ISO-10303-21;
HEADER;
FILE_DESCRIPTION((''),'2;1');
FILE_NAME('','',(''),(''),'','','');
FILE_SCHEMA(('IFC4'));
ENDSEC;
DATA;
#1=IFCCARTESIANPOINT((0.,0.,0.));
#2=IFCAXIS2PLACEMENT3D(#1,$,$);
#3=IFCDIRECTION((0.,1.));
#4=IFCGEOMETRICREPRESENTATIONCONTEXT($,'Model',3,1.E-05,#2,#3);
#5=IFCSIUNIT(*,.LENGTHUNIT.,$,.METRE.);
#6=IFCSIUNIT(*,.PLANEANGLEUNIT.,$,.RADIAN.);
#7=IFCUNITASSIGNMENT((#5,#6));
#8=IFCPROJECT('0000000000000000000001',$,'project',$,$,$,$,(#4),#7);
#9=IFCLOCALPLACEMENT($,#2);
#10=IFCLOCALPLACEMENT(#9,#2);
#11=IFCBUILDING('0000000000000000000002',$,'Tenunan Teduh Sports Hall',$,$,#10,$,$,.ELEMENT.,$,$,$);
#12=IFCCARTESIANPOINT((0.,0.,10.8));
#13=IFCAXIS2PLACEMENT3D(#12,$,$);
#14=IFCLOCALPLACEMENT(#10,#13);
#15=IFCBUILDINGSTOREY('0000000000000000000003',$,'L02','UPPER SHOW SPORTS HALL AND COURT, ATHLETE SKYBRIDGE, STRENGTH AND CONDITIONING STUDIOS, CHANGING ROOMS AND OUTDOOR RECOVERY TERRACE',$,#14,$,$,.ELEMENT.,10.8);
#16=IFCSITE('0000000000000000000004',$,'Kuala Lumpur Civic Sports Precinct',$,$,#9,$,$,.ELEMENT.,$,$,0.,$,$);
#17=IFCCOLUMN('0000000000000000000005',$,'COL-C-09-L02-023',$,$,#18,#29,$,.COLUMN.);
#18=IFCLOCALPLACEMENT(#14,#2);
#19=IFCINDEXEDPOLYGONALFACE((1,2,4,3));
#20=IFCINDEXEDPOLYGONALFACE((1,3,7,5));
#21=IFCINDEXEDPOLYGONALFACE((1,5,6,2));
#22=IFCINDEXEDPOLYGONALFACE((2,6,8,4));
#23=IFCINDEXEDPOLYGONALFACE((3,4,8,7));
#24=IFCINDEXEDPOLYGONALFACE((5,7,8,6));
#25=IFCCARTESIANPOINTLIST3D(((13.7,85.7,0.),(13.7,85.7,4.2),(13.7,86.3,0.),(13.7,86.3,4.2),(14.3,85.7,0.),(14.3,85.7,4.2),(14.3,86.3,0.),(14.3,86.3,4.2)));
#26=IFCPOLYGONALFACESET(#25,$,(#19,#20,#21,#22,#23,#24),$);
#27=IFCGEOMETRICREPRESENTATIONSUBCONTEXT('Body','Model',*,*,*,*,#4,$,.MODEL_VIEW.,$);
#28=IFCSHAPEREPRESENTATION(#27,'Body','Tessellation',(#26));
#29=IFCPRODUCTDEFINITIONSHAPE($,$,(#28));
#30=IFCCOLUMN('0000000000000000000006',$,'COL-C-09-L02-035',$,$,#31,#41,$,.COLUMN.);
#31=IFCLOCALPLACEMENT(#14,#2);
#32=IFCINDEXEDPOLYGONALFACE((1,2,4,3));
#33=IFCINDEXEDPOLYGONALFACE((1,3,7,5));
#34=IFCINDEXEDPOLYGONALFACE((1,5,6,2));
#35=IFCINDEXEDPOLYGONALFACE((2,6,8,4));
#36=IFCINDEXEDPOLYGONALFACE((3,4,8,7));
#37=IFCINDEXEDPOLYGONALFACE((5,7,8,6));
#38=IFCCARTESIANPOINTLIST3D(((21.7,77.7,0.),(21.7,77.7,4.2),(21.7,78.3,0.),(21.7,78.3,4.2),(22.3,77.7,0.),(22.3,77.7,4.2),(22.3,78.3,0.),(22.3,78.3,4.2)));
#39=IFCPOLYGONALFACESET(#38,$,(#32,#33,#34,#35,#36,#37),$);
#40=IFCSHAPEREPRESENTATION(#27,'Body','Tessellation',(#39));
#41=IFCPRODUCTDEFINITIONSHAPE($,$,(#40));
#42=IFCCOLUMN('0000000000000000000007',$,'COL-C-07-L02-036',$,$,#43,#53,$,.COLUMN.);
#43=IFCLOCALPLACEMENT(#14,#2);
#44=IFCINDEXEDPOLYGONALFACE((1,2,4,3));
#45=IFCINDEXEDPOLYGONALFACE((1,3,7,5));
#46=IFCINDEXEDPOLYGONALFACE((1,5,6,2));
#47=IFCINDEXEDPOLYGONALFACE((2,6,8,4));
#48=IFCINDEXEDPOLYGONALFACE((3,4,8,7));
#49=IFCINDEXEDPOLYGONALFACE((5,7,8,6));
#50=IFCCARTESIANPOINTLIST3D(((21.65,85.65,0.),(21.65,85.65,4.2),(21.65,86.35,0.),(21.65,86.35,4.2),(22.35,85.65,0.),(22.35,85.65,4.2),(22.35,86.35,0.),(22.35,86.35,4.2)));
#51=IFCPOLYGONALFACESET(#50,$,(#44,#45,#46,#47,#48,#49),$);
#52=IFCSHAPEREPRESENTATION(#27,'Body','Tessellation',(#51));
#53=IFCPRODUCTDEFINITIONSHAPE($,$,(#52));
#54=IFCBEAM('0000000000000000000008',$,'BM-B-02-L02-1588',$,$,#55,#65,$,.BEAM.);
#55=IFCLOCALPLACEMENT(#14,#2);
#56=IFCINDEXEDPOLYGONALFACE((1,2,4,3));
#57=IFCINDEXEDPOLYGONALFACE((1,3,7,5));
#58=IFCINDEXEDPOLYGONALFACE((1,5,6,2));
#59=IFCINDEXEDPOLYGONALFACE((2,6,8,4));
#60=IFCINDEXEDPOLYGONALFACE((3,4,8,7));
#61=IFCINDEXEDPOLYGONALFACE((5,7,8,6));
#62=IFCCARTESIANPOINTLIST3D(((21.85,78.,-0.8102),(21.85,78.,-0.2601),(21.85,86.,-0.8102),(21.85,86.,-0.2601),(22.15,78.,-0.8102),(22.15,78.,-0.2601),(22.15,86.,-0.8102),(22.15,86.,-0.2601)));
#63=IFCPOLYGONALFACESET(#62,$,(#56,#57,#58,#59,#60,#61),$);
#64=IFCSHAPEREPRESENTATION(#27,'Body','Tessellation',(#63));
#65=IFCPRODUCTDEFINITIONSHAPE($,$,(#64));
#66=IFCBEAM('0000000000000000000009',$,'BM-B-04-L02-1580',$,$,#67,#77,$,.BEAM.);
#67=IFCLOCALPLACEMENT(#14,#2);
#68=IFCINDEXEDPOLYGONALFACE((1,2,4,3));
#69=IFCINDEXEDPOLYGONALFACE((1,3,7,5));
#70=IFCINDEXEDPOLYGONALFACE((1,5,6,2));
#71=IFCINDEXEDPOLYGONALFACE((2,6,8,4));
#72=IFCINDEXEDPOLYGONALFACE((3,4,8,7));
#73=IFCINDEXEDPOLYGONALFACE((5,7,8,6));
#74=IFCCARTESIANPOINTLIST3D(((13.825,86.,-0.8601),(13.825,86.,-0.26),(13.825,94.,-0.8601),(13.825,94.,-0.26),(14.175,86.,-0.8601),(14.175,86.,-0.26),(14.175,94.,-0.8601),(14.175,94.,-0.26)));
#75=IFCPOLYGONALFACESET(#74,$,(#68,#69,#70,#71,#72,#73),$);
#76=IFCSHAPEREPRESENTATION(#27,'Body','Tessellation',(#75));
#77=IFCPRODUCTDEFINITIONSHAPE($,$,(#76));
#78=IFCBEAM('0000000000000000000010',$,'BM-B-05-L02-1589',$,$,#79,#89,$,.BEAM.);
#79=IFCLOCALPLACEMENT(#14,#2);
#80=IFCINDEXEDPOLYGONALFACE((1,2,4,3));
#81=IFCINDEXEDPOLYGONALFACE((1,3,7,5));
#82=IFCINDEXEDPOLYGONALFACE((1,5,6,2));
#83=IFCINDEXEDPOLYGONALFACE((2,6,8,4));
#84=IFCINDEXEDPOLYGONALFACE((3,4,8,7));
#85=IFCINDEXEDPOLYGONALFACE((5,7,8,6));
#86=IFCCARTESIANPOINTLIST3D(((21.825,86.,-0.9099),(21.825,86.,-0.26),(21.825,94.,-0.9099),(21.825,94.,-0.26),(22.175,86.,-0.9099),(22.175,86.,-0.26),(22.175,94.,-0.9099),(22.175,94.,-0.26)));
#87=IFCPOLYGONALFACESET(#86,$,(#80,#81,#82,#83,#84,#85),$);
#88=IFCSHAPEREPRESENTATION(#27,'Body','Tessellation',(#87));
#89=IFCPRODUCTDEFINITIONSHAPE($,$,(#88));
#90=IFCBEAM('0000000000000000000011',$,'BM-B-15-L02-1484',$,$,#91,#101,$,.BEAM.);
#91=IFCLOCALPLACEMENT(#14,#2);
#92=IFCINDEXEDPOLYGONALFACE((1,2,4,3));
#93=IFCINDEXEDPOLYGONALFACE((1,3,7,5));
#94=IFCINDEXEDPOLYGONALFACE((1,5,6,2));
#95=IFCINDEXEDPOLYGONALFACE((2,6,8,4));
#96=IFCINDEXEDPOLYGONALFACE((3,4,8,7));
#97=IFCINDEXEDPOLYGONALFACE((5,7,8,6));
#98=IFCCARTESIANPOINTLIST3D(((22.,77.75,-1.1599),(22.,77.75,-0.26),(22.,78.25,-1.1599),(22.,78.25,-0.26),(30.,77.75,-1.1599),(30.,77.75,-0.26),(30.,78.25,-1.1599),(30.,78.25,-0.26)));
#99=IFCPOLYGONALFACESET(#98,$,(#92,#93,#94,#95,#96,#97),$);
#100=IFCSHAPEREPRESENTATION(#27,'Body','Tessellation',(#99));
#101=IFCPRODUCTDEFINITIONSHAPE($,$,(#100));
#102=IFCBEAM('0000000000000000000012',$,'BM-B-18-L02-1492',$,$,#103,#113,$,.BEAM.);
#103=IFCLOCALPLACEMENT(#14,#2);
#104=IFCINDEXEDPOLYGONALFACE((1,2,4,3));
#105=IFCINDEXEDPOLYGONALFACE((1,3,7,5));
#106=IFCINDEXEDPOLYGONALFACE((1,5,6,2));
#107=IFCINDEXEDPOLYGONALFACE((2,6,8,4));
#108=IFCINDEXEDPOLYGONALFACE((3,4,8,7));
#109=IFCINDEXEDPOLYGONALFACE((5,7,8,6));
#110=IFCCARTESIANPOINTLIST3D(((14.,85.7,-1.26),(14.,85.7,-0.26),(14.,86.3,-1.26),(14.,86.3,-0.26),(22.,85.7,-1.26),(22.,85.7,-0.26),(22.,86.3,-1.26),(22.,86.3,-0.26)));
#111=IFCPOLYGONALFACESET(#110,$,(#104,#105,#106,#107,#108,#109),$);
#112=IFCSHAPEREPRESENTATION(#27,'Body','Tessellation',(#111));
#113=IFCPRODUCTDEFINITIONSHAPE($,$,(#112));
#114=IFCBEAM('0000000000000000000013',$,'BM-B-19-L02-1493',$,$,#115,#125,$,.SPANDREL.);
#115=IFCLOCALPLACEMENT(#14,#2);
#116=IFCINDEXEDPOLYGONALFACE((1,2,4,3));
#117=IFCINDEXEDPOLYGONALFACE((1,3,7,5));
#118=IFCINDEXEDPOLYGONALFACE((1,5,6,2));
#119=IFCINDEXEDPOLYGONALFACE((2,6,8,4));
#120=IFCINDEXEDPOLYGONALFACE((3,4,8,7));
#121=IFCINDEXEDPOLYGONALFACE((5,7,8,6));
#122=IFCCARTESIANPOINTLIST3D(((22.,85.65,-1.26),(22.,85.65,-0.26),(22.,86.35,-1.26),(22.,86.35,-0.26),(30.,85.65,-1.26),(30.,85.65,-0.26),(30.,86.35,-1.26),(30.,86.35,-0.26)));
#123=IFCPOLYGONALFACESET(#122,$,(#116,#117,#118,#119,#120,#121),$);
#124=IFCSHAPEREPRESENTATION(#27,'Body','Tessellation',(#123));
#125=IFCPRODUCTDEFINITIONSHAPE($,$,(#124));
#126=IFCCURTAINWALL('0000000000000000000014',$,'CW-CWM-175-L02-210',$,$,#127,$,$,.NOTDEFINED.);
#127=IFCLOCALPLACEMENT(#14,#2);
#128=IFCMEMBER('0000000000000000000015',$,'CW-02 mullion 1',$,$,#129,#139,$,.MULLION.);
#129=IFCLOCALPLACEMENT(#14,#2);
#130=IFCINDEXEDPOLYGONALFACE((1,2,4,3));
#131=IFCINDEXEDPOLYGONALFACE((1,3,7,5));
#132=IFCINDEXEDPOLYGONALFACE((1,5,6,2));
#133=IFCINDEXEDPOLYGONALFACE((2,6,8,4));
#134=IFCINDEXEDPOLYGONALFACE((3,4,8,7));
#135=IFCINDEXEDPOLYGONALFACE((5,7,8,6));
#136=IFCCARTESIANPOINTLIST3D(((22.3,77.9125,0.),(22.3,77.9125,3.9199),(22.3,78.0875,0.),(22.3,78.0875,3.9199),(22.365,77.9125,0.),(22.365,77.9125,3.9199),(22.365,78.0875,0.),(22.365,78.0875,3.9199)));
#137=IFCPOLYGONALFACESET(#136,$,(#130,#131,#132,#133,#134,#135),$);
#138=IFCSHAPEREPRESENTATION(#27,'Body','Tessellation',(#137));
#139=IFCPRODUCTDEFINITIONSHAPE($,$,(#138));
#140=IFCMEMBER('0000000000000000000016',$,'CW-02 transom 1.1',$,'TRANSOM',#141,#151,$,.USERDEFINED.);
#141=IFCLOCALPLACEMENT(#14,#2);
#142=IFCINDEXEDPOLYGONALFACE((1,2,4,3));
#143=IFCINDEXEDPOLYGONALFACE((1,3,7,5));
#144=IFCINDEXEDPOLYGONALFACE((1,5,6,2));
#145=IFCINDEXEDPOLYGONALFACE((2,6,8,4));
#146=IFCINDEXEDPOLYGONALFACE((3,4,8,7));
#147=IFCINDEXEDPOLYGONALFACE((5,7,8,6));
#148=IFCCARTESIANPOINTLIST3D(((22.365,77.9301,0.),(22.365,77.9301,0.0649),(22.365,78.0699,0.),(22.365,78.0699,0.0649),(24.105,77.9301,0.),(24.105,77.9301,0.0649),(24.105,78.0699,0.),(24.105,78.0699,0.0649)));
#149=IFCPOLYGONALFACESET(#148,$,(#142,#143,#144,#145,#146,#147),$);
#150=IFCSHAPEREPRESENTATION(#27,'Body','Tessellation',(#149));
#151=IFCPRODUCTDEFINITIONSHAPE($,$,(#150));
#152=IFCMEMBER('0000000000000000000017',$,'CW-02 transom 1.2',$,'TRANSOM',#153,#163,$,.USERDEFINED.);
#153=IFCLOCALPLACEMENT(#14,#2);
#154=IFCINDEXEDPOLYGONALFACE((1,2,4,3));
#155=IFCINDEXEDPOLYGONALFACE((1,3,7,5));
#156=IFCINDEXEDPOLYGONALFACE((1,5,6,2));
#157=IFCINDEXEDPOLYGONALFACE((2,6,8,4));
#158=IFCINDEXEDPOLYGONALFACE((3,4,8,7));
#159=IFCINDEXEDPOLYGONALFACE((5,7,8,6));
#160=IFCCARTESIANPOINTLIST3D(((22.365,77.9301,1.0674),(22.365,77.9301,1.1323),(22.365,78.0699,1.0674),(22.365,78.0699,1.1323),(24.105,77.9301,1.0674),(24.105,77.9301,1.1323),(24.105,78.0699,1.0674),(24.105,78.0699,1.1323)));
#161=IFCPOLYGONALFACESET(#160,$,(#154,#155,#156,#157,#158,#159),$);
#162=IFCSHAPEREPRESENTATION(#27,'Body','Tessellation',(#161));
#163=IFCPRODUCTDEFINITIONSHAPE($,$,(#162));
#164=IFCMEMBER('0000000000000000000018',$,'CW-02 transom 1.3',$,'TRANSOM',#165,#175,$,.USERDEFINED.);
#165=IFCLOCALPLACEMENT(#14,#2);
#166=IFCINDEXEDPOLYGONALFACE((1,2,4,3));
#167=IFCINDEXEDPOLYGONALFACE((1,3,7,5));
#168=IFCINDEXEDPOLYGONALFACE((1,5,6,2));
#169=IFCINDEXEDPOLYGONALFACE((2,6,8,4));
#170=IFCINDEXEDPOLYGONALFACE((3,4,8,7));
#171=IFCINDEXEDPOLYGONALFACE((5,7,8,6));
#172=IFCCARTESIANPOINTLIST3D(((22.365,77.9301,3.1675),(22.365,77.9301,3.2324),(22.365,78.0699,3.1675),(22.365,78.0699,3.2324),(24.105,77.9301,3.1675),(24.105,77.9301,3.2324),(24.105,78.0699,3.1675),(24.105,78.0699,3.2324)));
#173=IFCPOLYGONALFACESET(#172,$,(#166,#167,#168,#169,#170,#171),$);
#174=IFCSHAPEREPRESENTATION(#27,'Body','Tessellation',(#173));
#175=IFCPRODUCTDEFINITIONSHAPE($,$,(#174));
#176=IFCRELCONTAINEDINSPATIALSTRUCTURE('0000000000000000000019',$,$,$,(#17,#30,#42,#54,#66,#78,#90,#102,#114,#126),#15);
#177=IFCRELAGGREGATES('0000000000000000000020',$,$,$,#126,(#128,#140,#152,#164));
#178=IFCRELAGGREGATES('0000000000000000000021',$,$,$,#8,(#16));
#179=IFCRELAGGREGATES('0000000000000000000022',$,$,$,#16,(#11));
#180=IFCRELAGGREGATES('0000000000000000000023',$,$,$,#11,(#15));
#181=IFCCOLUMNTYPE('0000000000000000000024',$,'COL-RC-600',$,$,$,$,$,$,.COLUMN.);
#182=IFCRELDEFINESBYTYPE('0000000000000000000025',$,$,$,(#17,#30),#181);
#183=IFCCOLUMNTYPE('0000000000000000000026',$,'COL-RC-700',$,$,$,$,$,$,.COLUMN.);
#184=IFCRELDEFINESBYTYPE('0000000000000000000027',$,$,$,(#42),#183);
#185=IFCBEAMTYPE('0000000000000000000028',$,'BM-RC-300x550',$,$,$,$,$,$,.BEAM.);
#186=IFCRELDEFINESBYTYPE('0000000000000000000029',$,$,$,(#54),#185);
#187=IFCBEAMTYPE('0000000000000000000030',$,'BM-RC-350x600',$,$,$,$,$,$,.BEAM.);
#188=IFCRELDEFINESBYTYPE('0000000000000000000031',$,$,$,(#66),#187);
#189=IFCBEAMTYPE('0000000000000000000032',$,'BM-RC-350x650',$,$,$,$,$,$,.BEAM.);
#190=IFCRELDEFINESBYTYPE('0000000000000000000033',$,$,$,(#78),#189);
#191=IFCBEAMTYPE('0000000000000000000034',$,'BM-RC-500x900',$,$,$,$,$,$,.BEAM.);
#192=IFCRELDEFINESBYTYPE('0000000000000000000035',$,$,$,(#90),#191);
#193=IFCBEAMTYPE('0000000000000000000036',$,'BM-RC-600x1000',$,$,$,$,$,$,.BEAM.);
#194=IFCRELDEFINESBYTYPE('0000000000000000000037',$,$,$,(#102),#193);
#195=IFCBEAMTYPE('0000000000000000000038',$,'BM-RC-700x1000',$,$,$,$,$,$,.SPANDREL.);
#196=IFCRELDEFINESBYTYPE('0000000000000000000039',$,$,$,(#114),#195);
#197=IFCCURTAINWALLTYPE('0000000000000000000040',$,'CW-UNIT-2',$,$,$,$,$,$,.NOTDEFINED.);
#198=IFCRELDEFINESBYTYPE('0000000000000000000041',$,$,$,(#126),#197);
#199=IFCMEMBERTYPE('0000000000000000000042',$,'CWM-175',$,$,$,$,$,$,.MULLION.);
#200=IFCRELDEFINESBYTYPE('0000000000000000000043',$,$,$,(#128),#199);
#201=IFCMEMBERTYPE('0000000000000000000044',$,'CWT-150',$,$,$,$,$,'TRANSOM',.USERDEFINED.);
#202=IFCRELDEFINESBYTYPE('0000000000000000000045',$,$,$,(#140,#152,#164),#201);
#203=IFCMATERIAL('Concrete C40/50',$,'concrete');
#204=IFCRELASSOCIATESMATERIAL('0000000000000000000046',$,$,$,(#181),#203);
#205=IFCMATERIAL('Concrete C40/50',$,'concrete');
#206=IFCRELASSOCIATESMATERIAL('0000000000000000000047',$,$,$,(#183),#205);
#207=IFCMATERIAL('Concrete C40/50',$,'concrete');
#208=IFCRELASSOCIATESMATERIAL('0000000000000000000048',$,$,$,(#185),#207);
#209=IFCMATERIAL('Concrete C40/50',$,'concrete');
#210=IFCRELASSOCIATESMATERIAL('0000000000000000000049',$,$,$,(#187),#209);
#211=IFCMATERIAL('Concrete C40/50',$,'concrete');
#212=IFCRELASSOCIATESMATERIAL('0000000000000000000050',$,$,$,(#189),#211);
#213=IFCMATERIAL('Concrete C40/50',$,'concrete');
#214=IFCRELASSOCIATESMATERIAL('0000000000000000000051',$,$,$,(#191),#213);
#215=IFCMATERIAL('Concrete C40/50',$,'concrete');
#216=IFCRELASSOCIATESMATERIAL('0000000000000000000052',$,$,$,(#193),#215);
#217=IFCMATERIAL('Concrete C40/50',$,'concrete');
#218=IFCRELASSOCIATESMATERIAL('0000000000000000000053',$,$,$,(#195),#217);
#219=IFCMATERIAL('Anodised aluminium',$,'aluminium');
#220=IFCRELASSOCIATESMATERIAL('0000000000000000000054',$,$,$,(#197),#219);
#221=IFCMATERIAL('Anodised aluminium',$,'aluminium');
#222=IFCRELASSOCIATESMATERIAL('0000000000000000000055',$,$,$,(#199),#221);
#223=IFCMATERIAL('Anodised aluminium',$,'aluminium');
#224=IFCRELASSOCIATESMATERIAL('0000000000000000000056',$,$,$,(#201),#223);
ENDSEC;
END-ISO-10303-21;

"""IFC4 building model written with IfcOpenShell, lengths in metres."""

from ifc_helpers import new_model, si_unit, direction, frame, origin, origin_2d, place, context, subcontext, project, spatial, rectangle, extrude, material, material_profile, profile_set, type_object, element, aggregate, save


model = new_model("IFC4")

# Units and contexts
model_context = context("Model", 3, precision=1e-05, world=origin(), true_north=direction((0.0, 1.0)))
body_context = subcontext(model_context, "Body", "Model", "MODEL_VIEW")
ifc_project = project(units=[si_unit("LENGTHUNIT", "METRE"), si_unit("PLANEANGLEUNIT", "RADIAN")], contexts=[model_context])

# Site, building, storey
site_placement = place(None, origin())
site = spatial("IfcSite", under=ifc_project, at=site_placement, Name="Kuala Lumpur Civic Sports Precinct", CompositionType="ELEMENT", RefElevation=0.0)
building_placement = place(site_placement, origin())
building = spatial("IfcBuilding", under=site, at=building_placement, Name="Tenunan Teduh Sports Hall", CompositionType="ELEMENT")
storey_placement = place(building_placement, frame((0.0, 0.0, 10.8)))
storey = spatial("IfcBuildingStorey", under=building, at=storey_placement, Name="L02", Description="UPPER SHOW SPORTS HALL AND COURT, ATHLETE SKYBRIDGE, STRENGTH AND CONDITIONING STUDIOS, CHANGING ROOMS AND OUTDOOR RECOVERY TERRACE", CompositionType="ELEMENT", Elevation=10.8)

# Columns
ifc_material_1 = material(Name="Concrete C40/50", Category="concrete")
ifc_material_profile_1 = material_profile(ifc_material_1, rectangle(XDim=0.6001, YDim=0.6001, at=origin_2d()), Name="RC 600x600")
ifc_profile_set_1 = profile_set([ifc_material_profile_1], Name="Concrete C40/50")
column_type_1 = type_object("IfcColumnType", Name="COL-RC-600", PredefinedType="COLUMN", material=ifc_profile_set_1)
for number, where, z_axis, x_axis, name in (
    (1, (14.0, 86.0, 0.0), (0.0, 0.0, 1.0), (1.0, 0.0, 0.0), "COL-C-09-L02-023"),
    (2, (22.0, 78.0, 0.0), (0.0, 0.0, 1.0), (1.0, 0.0, 0.0), "COL-C-09-L02-035"),
):
    element("IfcColumn", number, at=place(storey_placement, frame(where, z_axis=z_axis, x_axis=x_axis)), inside=storey, type_object=column_type_1, Name=name, PredefinedType="COLUMN", context=body_context, shape_type="SweptSolid", body=[
        extrude(rectangle(XDim=0.6001, YDim=0.6001, at=origin_2d()), origin(), (0.0, 0.0, 1.0), 4.2),
    ])
ifc_material_2 = material(Name="Concrete C40/50", Category="concrete")
ifc_material_profile_2 = material_profile(ifc_material_2, rectangle(XDim=0.7, YDim=0.7, at=origin_2d()), Name="RC 700x700")
ifc_profile_set_2 = profile_set([ifc_material_profile_2], Name="Concrete C40/50")
column_type_2 = type_object("IfcColumnType", Name="COL-RC-700", PredefinedType="COLUMN", material=ifc_profile_set_2)
column_placement = place(storey_placement, frame((22.0, 86.0, 0.0), z_axis=(0.0, 0.0, 1.0), x_axis=(1.0, 0.0, 0.0)))
element("IfcColumn", 3, at=column_placement, inside=storey, type_object=column_type_2, Name="COL-C-07-L02-036", PredefinedType="COLUMN", context=body_context, shape_type="SweptSolid", body=[
    extrude(rectangle(XDim=0.7, YDim=0.7, at=origin_2d()), origin(), (0.0, 0.0, 1.0), 4.2),
])

# Beams
ifc_material_3 = material(Name="Concrete C40/50", Category="concrete")
ifc_material_profile_3 = material_profile(ifc_material_3, rectangle(XDim=0.3, YDim=0.55, at=origin_2d()), Name="RCB 300x550")
ifc_profile_set_3 = profile_set([ifc_material_profile_3], Name="Concrete C40/50")
beam_type_1 = type_object("IfcBeamType", Name="BM-RC-300x550", PredefinedType="BEAM", material=ifc_profile_set_3)
beam_1_placement = place(storey_placement, frame((22.0, 78.0, -0.5352), z_axis=(0.0, 1.0, 0.0), x_axis=(-1.0, 0.0, 0.0)))
element("IfcBeam", 4, at=beam_1_placement, inside=storey, type_object=beam_type_1, Name="BM-B-02-L02-1588", PredefinedType="BEAM", context=body_context, shape_type="SweptSolid", body=[
    extrude(rectangle(XDim=0.3, YDim=0.55, at=origin_2d()), origin(), (0.0, 0.0, 1.0), 8.0),
])
ifc_material_4 = material(Name="Concrete C40/50", Category="concrete")
ifc_material_profile_4 = material_profile(ifc_material_4, rectangle(XDim=0.3501, YDim=0.6001, at=origin_2d()), Name="RCB 350x600")
ifc_profile_set_4 = profile_set([ifc_material_profile_4], Name="Concrete C40/50")
beam_type_2 = type_object("IfcBeamType", Name="BM-RC-350x600", PredefinedType="BEAM", material=ifc_profile_set_4)
beam_2_placement = place(storey_placement, frame((14.0, 86.0, -0.5601), z_axis=(0.0, 1.0, 0.0), x_axis=(-1.0, 0.0, 0.0)))
element("IfcBeam", 5, at=beam_2_placement, inside=storey, type_object=beam_type_2, Name="BM-B-04-L02-1580", PredefinedType="BEAM", context=body_context, shape_type="SweptSolid", body=[
    extrude(rectangle(XDim=0.3501, YDim=0.6001, at=origin_2d()), origin(), (0.0, 0.0, 1.0), 8.0),
])
ifc_material_5 = material(Name="Concrete C40/50", Category="concrete")
ifc_material_profile_5 = material_profile(ifc_material_5, rectangle(XDim=0.3501, YDim=0.6499, at=origin_2d()), Name="RCB 350x650")
ifc_profile_set_5 = profile_set([ifc_material_profile_5], Name="Concrete C40/50")
beam_type_3 = type_object("IfcBeamType", Name="BM-RC-350x650", PredefinedType="BEAM", material=ifc_profile_set_5)
beam_3_placement = place(storey_placement, frame((22.0, 86.0, -0.585), z_axis=(0.0, 1.0, 0.0), x_axis=(-1.0, 0.0, 0.0)))
element("IfcBeam", 6, at=beam_3_placement, inside=storey, type_object=beam_type_3, Name="BM-B-05-L02-1589", PredefinedType="BEAM", context=body_context, shape_type="SweptSolid", body=[
    extrude(rectangle(XDim=0.3501, YDim=0.6499, at=origin_2d()), origin(), (0.0, 0.0, 1.0), 8.0),
])
ifc_material_6 = material(Name="Concrete C40/50", Category="concrete")
ifc_material_profile_6 = material_profile(ifc_material_6, rectangle(XDim=0.5, YDim=0.8999, at=origin_2d()), Name="RCB 500x900")
ifc_profile_set_6 = profile_set([ifc_material_profile_6], Name="Concrete C40/50")
beam_type_4 = type_object("IfcBeamType", Name="BM-RC-500x900", PredefinedType="BEAM", material=ifc_profile_set_6)
beam_4_placement = place(storey_placement, frame((22.0, 78.0, -0.71), z_axis=(1.0, 0.0, 0.0), x_axis=(0.0, 1.0, 0.0)))
element("IfcBeam", 7, at=beam_4_placement, inside=storey, type_object=beam_type_4, Name="BM-B-15-L02-1484", PredefinedType="BEAM", context=body_context, shape_type="SweptSolid", body=[
    extrude(rectangle(XDim=0.5, YDim=0.8999, at=origin_2d()), origin(), (0.0, 0.0, 1.0), 8.0),
])
ifc_material_7 = material(Name="Concrete C40/50", Category="concrete")
ifc_material_profile_7 = material_profile(ifc_material_7, rectangle(XDim=0.6001, YDim=1.0, at=origin_2d()), Name="RCB 600x1000")
ifc_profile_set_7 = profile_set([ifc_material_profile_7], Name="Concrete C40/50")
beam_type_5 = type_object("IfcBeamType", Name="BM-RC-600x1000", PredefinedType="BEAM", material=ifc_profile_set_7)
beam_5_placement = place(storey_placement, frame((14.0, 86.0, -0.76), z_axis=(1.0, 0.0, 0.0), x_axis=(0.0, 1.0, 0.0)))
element("IfcBeam", 8, at=beam_5_placement, inside=storey, type_object=beam_type_5, Name="BM-B-18-L02-1492", PredefinedType="BEAM", context=body_context, shape_type="SweptSolid", body=[
    extrude(rectangle(XDim=0.6001, YDim=1.0, at=origin_2d()), origin(), (0.0, 0.0, 1.0), 8.0),
])
ifc_material_8 = material(Name="Concrete C40/50", Category="concrete")
ifc_material_profile_8 = material_profile(ifc_material_8, rectangle(XDim=0.7, YDim=1.0, at=origin_2d()), Name="RCB 700x1000")
ifc_profile_set_8 = profile_set([ifc_material_profile_8], Name="Concrete C40/50")
beam_type_6 = type_object("IfcBeamType", Name="BM-RC-700x1000", PredefinedType="SPANDREL", material=ifc_profile_set_8)
beam_6_placement = place(storey_placement, frame((22.0, 86.0, -0.76), z_axis=(1.0, 0.0, 0.0), x_axis=(0.0, 1.0, 0.0)))
element("IfcBeam", 9, at=beam_6_placement, inside=storey, type_object=beam_type_6, Name="BM-B-19-L02-1493", PredefinedType="SPANDREL", context=body_context, shape_type="SweptSolid", body=[
    extrude(rectangle(XDim=0.7, YDim=1.0, at=origin_2d()), origin(), (0.0, 0.0, 1.0), 8.0),
])

# Curtain wall, members
ifc_material_9 = material(Name="Anodised aluminium", Category="aluminium")
curtain_wall_type = type_object("IfcCurtainWallType", Name="CW-UNIT-2", PredefinedType="NOTDEFINED", material=ifc_material_9)
curtain_wall_placement = place(storey_placement, origin())
curtain_wall = element("IfcCurtainWall", 10, at=curtain_wall_placement, inside=storey, type_object=curtain_wall_type, Name="CW-CWM-175-L02-210", PredefinedType="NOTDEFINED")
ifc_material_10 = material(Name="Anodised aluminium", Category="aluminium")
ifc_material_profile_9 = material_profile(ifc_material_10, rectangle(XDim=0.0649, YDim=0.175, at=origin_2d()), Name="CWM 65x175")
ifc_profile_set_9 = profile_set([ifc_material_profile_9], Name="Anodised aluminium")
member_type_1 = type_object("IfcMemberType", Name="CWM-175", PredefinedType="MULLION", material=ifc_profile_set_9)
member_1_placement = place(storey_placement, frame((22.3325, 78.0, 0.0), z_axis=(0.0, 0.0, 1.0), x_axis=(1.0, 0.0, 0.0)))
member_1 = element("IfcMember", 11, at=member_1_placement, type_object=member_type_1, Name="CW-02 mullion 1", PredefinedType="MULLION", context=body_context, shape_type="SweptSolid", body=[
    extrude(rectangle(XDim=0.0649, YDim=0.175, at=origin_2d()), origin(), (0.0, 0.0, 1.0), 3.9199),
])
ifc_material_11 = material(Name="Anodised aluminium", Category="aluminium")
ifc_material_profile_10 = material_profile(ifc_material_11, rectangle(XDim=0.0649, YDim=0.1399, at=origin_2d()), Name="CWT 65x140")
ifc_profile_set_10 = profile_set([ifc_material_profile_10], Name="Anodised aluminium")
member_type_2 = type_object("IfcMemberType", Name="CWT-150", ElementType="TRANSOM", PredefinedType="USERDEFINED", material=ifc_profile_set_10)
member_2_placement = place(storey_placement, frame((22.365, 78.0, 0.0325), z_axis=(1.0, 0.0, 0.0), x_axis=(0.0, 0.0, 1.0)))
member_2 = element("IfcMember", 12, at=member_2_placement, type_object=member_type_2, Name="CW-02 transom 1.1", ObjectType="TRANSOM", PredefinedType="USERDEFINED", context=body_context, shape_type="SweptSolid", body=[
    extrude(rectangle(XDim=0.0649, YDim=0.1399, at=origin_2d()), origin(), (0.0, 0.0, 1.0), 1.74),
])
member_3_placement = place(storey_placement, frame((22.365, 78.0, 1.0999), z_axis=(1.0, 0.0, 0.0), x_axis=(0.0, 0.0, 1.0)))
member_3 = element("IfcMember", 13, at=member_3_placement, type_object=member_type_2, Name="CW-02 transom 1.2", ObjectType="TRANSOM", PredefinedType="USERDEFINED", context=body_context, shape_type="SweptSolid", body=[
    extrude(rectangle(XDim=0.0649, YDim=0.1399, at=origin_2d()), origin(), (0.0, 0.0, 1.0), 1.74),
])
member_4_placement = place(storey_placement, frame((22.365, 78.0, 3.2), z_axis=(1.0, 0.0, 0.0), x_axis=(0.0, 0.0, 1.0)))
member_4 = element("IfcMember", 14, at=member_4_placement, type_object=member_type_2, Name="CW-02 transom 1.3", ObjectType="TRANSOM", PredefinedType="USERDEFINED", context=body_context, shape_type="SweptSolid", body=[
    extrude(rectangle(XDim=0.0649, YDim=0.1399, at=origin_2d()), origin(), (0.0, 0.0, 1.0), 1.74),
])
aggregate(curtain_wall, [member_1, member_2, member_3, member_4])

save(model, "model.ifc")
